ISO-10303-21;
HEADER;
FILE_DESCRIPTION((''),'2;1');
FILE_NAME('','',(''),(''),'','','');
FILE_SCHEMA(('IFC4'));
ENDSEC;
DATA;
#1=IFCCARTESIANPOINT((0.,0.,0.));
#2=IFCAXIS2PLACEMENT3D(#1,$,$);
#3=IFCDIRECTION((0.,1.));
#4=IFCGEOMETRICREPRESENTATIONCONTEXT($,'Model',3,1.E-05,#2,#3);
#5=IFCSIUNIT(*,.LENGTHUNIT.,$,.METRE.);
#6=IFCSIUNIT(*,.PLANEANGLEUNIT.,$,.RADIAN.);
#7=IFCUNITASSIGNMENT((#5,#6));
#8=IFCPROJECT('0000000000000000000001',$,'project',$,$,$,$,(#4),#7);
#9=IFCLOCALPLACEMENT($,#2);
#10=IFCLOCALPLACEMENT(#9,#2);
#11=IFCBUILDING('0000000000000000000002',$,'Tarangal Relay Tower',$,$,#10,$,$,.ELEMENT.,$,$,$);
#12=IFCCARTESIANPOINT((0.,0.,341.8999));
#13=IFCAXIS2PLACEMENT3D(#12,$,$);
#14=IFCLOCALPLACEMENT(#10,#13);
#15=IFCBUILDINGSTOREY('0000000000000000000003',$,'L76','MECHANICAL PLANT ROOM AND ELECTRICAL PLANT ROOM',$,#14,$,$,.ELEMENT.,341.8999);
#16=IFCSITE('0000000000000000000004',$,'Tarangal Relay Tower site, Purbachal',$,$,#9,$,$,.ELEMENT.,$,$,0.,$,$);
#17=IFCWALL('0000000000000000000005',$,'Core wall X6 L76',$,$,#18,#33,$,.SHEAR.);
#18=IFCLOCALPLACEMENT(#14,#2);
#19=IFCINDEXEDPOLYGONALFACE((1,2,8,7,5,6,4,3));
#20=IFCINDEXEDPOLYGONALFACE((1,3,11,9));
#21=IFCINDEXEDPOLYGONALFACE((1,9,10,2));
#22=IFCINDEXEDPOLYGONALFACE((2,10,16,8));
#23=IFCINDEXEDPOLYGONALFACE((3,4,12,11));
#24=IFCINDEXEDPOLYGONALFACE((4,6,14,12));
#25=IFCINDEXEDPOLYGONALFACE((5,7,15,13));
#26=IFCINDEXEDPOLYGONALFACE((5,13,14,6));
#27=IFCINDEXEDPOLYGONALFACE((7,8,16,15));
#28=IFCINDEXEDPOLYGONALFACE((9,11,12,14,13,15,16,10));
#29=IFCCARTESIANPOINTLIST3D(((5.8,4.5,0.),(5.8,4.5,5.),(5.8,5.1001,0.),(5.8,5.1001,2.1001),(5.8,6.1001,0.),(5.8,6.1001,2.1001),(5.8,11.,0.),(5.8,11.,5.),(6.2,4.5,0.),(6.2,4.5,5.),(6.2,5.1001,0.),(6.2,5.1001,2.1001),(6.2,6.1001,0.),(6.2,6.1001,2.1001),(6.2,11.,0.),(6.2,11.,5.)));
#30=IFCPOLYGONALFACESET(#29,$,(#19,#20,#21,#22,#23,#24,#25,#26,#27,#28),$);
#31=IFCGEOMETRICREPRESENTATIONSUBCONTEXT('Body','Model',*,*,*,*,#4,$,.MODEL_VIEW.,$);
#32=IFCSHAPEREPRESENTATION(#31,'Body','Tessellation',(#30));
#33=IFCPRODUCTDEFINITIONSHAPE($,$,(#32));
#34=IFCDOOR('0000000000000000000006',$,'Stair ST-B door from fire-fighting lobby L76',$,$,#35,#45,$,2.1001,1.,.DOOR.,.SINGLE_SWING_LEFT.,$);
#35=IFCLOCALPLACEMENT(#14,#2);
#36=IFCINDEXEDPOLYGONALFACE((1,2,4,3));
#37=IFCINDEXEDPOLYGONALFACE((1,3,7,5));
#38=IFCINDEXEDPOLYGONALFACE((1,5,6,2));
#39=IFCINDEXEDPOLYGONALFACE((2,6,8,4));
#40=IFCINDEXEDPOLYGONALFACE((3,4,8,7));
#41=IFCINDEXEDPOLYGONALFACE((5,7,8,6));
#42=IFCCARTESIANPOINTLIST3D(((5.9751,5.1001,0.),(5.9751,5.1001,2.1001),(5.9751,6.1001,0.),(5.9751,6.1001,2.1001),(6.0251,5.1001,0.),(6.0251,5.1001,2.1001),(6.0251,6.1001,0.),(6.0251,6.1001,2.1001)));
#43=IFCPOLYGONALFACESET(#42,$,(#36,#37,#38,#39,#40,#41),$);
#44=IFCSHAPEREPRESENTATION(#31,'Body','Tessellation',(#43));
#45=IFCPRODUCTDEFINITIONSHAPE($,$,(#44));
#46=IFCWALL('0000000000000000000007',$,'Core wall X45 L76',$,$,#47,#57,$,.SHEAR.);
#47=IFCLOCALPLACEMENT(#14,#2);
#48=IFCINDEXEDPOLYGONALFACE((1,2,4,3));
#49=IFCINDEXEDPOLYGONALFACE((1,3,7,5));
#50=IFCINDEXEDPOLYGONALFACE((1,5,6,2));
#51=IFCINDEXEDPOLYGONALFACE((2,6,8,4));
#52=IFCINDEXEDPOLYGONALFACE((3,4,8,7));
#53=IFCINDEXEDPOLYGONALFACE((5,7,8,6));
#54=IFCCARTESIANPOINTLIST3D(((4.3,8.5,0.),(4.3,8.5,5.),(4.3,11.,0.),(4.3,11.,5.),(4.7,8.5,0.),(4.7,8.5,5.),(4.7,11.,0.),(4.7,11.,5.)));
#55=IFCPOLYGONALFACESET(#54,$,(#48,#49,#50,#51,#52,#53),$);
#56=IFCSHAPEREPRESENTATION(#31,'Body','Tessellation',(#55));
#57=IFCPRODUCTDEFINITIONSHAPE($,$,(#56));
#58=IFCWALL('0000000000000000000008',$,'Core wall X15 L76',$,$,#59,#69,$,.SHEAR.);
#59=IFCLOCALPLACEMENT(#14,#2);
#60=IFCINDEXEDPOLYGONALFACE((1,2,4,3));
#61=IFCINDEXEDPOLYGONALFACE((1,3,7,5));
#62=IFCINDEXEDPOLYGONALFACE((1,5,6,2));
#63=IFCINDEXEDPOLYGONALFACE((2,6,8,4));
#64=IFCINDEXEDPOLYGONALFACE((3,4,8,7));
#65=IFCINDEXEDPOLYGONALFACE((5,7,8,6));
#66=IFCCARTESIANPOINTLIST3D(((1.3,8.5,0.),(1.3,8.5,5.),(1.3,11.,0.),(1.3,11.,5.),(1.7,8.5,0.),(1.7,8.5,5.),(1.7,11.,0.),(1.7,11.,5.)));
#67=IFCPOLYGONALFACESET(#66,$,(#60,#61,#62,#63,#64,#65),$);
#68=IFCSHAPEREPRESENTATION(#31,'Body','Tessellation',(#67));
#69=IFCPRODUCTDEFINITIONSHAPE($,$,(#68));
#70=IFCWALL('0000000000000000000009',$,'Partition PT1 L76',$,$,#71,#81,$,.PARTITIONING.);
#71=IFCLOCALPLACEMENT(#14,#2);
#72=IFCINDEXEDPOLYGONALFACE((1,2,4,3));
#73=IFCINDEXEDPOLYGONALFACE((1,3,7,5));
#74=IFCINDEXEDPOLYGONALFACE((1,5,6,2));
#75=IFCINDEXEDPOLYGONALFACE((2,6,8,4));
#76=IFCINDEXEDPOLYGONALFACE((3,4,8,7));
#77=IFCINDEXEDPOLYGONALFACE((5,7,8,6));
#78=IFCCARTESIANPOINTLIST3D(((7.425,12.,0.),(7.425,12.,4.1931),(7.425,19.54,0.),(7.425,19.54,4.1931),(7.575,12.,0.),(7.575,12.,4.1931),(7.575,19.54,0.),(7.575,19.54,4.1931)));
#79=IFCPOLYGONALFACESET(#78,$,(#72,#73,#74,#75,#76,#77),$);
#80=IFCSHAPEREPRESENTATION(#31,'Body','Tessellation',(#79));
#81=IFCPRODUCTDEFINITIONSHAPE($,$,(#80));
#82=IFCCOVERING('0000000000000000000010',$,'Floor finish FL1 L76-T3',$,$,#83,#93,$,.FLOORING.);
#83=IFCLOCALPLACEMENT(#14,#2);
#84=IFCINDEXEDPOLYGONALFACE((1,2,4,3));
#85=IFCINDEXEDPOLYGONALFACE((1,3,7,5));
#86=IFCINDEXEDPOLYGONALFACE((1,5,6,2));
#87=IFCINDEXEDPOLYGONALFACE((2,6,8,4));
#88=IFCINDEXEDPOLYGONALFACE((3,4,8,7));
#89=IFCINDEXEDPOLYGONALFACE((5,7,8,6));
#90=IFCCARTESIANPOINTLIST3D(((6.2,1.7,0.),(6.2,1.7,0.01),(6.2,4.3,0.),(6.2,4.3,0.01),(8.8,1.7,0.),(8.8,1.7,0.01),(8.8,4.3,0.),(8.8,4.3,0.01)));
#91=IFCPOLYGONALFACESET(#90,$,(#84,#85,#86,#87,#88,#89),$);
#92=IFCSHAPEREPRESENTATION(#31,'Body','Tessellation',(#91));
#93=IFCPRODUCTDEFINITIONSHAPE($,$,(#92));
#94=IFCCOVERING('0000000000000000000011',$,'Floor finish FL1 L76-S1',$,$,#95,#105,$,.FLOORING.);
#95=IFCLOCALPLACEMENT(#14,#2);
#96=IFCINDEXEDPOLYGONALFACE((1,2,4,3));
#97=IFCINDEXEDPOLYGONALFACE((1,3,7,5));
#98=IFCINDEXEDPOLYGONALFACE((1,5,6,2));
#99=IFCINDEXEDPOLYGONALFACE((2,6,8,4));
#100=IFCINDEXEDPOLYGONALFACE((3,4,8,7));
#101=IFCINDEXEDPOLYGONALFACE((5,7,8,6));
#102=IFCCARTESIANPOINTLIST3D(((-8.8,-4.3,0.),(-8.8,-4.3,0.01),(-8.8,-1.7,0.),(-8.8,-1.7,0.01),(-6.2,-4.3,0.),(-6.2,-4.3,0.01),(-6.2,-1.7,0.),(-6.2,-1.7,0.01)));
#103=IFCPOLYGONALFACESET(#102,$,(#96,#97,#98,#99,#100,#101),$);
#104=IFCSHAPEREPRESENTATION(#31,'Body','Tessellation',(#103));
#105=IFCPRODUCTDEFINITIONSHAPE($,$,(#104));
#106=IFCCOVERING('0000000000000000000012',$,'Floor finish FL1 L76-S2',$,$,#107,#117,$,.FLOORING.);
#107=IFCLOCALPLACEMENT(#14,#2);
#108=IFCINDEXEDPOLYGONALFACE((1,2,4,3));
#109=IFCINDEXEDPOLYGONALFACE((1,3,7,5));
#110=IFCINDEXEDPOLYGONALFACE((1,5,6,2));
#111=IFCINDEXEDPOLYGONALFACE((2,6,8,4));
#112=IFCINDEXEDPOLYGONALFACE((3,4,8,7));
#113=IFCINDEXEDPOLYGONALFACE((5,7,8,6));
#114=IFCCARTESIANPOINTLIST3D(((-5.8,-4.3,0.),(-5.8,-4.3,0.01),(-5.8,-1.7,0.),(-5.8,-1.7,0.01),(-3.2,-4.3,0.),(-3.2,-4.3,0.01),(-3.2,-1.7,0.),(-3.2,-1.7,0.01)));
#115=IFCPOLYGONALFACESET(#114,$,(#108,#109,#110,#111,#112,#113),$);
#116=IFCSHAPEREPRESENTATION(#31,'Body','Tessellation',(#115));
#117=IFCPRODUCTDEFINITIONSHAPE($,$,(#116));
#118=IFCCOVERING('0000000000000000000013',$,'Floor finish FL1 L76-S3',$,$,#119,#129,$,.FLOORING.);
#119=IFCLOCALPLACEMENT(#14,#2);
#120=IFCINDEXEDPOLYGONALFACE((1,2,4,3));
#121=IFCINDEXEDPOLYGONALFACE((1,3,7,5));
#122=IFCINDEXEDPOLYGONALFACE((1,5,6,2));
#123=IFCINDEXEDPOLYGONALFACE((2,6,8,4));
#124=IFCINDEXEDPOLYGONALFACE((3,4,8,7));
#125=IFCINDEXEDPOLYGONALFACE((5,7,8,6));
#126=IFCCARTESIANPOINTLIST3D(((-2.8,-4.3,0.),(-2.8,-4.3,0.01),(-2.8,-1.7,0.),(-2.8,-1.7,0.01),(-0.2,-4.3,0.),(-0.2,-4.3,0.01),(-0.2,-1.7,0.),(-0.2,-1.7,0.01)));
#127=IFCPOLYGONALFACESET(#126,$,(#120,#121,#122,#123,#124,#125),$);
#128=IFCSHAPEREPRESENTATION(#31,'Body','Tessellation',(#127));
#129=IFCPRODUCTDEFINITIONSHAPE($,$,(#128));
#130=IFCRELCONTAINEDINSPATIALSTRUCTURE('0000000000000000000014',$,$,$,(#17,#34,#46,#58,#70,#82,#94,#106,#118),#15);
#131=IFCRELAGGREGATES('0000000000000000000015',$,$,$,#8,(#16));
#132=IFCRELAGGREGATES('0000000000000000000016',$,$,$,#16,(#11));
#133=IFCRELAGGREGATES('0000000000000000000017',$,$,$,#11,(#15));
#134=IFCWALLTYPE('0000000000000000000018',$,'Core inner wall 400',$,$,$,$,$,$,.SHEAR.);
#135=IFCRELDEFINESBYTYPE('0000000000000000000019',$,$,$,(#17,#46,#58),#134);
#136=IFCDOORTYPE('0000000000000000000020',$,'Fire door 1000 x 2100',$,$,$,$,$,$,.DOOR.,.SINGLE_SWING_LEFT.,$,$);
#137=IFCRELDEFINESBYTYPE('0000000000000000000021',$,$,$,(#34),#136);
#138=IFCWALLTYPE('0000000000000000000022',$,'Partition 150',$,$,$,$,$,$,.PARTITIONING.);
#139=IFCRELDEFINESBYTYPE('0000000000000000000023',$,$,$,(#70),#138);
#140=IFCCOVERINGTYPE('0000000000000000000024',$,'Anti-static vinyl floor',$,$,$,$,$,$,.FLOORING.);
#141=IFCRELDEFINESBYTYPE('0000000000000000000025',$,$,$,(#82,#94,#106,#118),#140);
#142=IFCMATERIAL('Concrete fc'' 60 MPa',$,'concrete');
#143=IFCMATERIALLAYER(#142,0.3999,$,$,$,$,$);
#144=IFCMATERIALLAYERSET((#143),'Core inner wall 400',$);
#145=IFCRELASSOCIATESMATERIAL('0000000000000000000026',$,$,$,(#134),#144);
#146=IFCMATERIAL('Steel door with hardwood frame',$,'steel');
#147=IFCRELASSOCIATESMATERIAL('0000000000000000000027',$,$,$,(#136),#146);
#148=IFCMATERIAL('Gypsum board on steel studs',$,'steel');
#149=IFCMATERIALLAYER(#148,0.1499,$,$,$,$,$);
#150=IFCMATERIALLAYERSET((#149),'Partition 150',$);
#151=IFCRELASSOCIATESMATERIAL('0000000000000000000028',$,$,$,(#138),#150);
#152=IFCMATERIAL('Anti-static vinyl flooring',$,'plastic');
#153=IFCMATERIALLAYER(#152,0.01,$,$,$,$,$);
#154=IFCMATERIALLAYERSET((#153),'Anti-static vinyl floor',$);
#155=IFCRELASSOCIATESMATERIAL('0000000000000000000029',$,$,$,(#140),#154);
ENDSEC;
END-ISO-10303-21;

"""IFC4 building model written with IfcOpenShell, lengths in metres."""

from ifc_helpers import new_model, si_unit, direction, frame, frame_2d, origin, place, context, subcontext, project, spatial, polyline, rectangle, outline, extrude, material, layer, layer_set, type_object, element, fill, save


model = new_model("IFC4")

# Units and contexts
model_context = context("Model", 3, precision=1e-05, world=origin(), true_north=direction((0.0, 1.0)))
body_context = subcontext(model_context, "Body", "Model", "MODEL_VIEW")
ifc_project = project(units=[si_unit("LENGTHUNIT", "METRE"), si_unit("PLANEANGLEUNIT", "RADIAN")], contexts=[model_context])

# Site, building, storey
site_placement = place(None, origin())
site = spatial("IfcSite", under=ifc_project, at=site_placement, Name="Tarangal Relay Tower site, Purbachal", CompositionType="ELEMENT", RefElevation=0.0)
building_placement = place(site_placement, origin())
building = spatial("IfcBuilding", under=site, at=building_placement, Name="Tarangal Relay Tower", CompositionType="ELEMENT")
storey_placement = place(building_placement, frame((0.0, 0.0, 341.8999)))
storey = spatial("IfcBuildingStorey", under=building, at=storey_placement, Name="L76", Description="MECHANICAL PLANT ROOM AND ELECTRICAL PLANT ROOM", CompositionType="ELEMENT", Elevation=341.8999)

# Shared definitions
ifc_material_1 = material(Name="Concrete fc' 60 MPa", Category="concrete")
ifc_layer_1 = layer(ifc_material_1, 0.3999)
ifc_layer_set_1 = layer_set([ifc_layer_1], Name="Core inner wall 400")
wall_type_1 = type_object("IfcWallType", Name="Core inner wall 400", PredefinedType="SHEAR", material=ifc_layer_set_1)

# Wall, opening, door
wall_1_placement = place(storey_placement, frame((6.0, 4.5, 0.0), z_axis=(0.0, 0.0, 1.0), x_axis=(0.0, 1.0, 0.0)))
wall_1 = element("IfcWall", 1, at=wall_1_placement, inside=storey, type_object=wall_type_1, Name="Core wall X6 L76", PredefinedType="SHEAR", context=body_context, shape_type="SweptSolid", body=[
    extrude(rectangle(XDim=6.5, YDim=0.3999, at=frame_2d((3.25, 0.0))), origin(), (0.0, 0.0, 1.0), 5.0),
])
opening_placement = place(wall_1_placement, frame((0.6001, 0.0, 0.0)))
opening = element("IfcOpeningElement", 2, at=opening_placement, cuts=wall_1, PredefinedType="OPENING", context=body_context, shape_type="SweptSolid", body=[
    extrude(rectangle(XDim=1.0, YDim=2.1001, at=frame_2d((0.5, 1.05))), frame((0.0, 0.21, 0.0), z_axis=(0.0, -1.0, 0.0), x_axis=(1.0, 0.0, 0.0)), (0.0, 0.0, 1.0), 0.4199),
])
ifc_material_2 = material(Name="Steel door with hardwood frame", Category="steel")
door_type = type_object("IfcDoorType", Name="Fire door 1000 x 2100", OperationType="SINGLE_SWING_LEFT", PredefinedType="DOOR", material=ifc_material_2)
door_placement = place(opening_placement, origin())
door = element("IfcDoor", 3, at=door_placement, inside=storey, type_object=door_type, Name="Stair ST-B door from fire-fighting lobby L76", OperationType="SINGLE_SWING_LEFT", OverallHeight=2.1001, OverallWidth=1.0, PredefinedType="DOOR", context=body_context, shape_type="SweptSolid", body=[
    extrude(rectangle(XDim=1.0, YDim=2.1001, at=frame_2d((0.5, 1.05))), frame((0.0, 0.0249, 0.0), z_axis=(0.0, -1.0, 0.0), x_axis=(1.0, 0.0, 0.0)), (0.0, 0.0, 1.0), 0.05),
])
fill(opening, door)

# Walls
for number, where, z_axis, x_axis, name in (
    (4, (4.5, 8.5, 0.0), (0.0, 0.0, 1.0), (0.0, 1.0, 0.0), "Core wall X45 L76"),
    (5, (1.5, 8.5, 0.0), (0.0, 0.0, 1.0), (0.0, 1.0, 0.0), "Core wall X15 L76"),
):
    element("IfcWall", number, at=place(storey_placement, frame(where, z_axis=z_axis, x_axis=x_axis)), inside=storey, type_object=wall_type_1, Name=name, PredefinedType="SHEAR", context=body_context, shape_type="SweptSolid", body=[
        extrude(rectangle(XDim=2.5, YDim=0.3999, at=frame_2d((1.25, 0.0))), origin(), (0.0, 0.0, 1.0), 5.0),
    ])
ifc_material_3 = material(Name="Gypsum board on steel studs", Category="steel")
ifc_layer_2 = layer(ifc_material_3, 0.1499)
ifc_layer_set_2 = layer_set([ifc_layer_2], Name="Partition 150")
wall_type_2 = type_object("IfcWallType", Name="Partition 150", PredefinedType="PARTITIONING", material=ifc_layer_set_2)
wall_2_placement = place(storey_placement, frame((7.5, 12.0, 0.0), z_axis=(0.0, 0.0, 1.0), x_axis=(0.0, 1.0, 0.0)))
element("IfcWall", 6, at=wall_2_placement, inside=storey, type_object=wall_type_2, Name="Partition PT1 L76", PredefinedType="PARTITIONING", context=body_context, shape_type="SweptSolid", body=[
    extrude(rectangle(XDim=7.54, YDim=0.1499, at=frame_2d((3.77, 0.0))), origin(), (0.0, 0.0, 1.0), 4.1931),
])

# Coverings
ifc_material_4 = material(Name="Anti-static vinyl flooring", Category="plastic")
ifc_layer_3 = layer(ifc_material_4, 0.01)
ifc_layer_set_3 = layer_set([ifc_layer_3], Name="Anti-static vinyl floor")
covering_type_1 = type_object("IfcCoveringType", Name="Anti-static vinyl floor", PredefinedType="FLOORING", material=ifc_layer_set_3)
covering_1_placement = place(storey_placement, origin())
element("IfcCovering", 7, at=covering_1_placement, inside=storey, type_object=covering_type_1, Name="Floor finish FL1 L76-T3", PredefinedType="FLOORING", context=body_context, shape_type="SweptSolid", body=[
    extrude(outline(polyline([(6.2, 1.7), (8.8, 1.7), (8.8, 4.3), (6.2, 4.3), (6.2, 1.7)])), origin(), (0.0, 0.0, 1.0), 0.01),
])
covering_2_placement = place(storey_placement, origin())
element("IfcCovering", 8, at=covering_2_placement, inside=storey, type_object=covering_type_1, Name="Floor finish FL1 L76-S1", PredefinedType="FLOORING", context=body_context, shape_type="SweptSolid", body=[
    extrude(outline(polyline([(-8.8, -4.3), (-6.2, -4.3), (-6.2, -1.7), (-8.8, -1.7), (-8.8, -4.3)])), origin(), (0.0, 0.0, 1.0), 0.01),
])
covering_3_placement = place(storey_placement, origin())
element("IfcCovering", 9, at=covering_3_placement, inside=storey, type_object=covering_type_1, Name="Floor finish FL1 L76-S2", PredefinedType="FLOORING", context=body_context, shape_type="SweptSolid", body=[
    extrude(outline(polyline([(-5.8, -4.3), (-3.2, -4.3), (-3.2, -1.7), (-5.8, -1.7), (-5.8, -4.3)])), origin(), (0.0, 0.0, 1.0), 0.01),
])
covering_4_placement = place(storey_placement, origin())
element("IfcCovering", 10, at=covering_4_placement, inside=storey, type_object=covering_type_1, Name="Floor finish FL1 L76-S3", PredefinedType="FLOORING", context=body_context, shape_type="SweptSolid", body=[
    extrude(outline(polyline([(-2.8, -4.3), (-0.2, -4.3), (-0.2, -1.7), (-2.8, -1.7), (-2.8, -4.3)])), origin(), (0.0, 0.0, 1.0), 0.01),
])

save(model, "model.ifc")
